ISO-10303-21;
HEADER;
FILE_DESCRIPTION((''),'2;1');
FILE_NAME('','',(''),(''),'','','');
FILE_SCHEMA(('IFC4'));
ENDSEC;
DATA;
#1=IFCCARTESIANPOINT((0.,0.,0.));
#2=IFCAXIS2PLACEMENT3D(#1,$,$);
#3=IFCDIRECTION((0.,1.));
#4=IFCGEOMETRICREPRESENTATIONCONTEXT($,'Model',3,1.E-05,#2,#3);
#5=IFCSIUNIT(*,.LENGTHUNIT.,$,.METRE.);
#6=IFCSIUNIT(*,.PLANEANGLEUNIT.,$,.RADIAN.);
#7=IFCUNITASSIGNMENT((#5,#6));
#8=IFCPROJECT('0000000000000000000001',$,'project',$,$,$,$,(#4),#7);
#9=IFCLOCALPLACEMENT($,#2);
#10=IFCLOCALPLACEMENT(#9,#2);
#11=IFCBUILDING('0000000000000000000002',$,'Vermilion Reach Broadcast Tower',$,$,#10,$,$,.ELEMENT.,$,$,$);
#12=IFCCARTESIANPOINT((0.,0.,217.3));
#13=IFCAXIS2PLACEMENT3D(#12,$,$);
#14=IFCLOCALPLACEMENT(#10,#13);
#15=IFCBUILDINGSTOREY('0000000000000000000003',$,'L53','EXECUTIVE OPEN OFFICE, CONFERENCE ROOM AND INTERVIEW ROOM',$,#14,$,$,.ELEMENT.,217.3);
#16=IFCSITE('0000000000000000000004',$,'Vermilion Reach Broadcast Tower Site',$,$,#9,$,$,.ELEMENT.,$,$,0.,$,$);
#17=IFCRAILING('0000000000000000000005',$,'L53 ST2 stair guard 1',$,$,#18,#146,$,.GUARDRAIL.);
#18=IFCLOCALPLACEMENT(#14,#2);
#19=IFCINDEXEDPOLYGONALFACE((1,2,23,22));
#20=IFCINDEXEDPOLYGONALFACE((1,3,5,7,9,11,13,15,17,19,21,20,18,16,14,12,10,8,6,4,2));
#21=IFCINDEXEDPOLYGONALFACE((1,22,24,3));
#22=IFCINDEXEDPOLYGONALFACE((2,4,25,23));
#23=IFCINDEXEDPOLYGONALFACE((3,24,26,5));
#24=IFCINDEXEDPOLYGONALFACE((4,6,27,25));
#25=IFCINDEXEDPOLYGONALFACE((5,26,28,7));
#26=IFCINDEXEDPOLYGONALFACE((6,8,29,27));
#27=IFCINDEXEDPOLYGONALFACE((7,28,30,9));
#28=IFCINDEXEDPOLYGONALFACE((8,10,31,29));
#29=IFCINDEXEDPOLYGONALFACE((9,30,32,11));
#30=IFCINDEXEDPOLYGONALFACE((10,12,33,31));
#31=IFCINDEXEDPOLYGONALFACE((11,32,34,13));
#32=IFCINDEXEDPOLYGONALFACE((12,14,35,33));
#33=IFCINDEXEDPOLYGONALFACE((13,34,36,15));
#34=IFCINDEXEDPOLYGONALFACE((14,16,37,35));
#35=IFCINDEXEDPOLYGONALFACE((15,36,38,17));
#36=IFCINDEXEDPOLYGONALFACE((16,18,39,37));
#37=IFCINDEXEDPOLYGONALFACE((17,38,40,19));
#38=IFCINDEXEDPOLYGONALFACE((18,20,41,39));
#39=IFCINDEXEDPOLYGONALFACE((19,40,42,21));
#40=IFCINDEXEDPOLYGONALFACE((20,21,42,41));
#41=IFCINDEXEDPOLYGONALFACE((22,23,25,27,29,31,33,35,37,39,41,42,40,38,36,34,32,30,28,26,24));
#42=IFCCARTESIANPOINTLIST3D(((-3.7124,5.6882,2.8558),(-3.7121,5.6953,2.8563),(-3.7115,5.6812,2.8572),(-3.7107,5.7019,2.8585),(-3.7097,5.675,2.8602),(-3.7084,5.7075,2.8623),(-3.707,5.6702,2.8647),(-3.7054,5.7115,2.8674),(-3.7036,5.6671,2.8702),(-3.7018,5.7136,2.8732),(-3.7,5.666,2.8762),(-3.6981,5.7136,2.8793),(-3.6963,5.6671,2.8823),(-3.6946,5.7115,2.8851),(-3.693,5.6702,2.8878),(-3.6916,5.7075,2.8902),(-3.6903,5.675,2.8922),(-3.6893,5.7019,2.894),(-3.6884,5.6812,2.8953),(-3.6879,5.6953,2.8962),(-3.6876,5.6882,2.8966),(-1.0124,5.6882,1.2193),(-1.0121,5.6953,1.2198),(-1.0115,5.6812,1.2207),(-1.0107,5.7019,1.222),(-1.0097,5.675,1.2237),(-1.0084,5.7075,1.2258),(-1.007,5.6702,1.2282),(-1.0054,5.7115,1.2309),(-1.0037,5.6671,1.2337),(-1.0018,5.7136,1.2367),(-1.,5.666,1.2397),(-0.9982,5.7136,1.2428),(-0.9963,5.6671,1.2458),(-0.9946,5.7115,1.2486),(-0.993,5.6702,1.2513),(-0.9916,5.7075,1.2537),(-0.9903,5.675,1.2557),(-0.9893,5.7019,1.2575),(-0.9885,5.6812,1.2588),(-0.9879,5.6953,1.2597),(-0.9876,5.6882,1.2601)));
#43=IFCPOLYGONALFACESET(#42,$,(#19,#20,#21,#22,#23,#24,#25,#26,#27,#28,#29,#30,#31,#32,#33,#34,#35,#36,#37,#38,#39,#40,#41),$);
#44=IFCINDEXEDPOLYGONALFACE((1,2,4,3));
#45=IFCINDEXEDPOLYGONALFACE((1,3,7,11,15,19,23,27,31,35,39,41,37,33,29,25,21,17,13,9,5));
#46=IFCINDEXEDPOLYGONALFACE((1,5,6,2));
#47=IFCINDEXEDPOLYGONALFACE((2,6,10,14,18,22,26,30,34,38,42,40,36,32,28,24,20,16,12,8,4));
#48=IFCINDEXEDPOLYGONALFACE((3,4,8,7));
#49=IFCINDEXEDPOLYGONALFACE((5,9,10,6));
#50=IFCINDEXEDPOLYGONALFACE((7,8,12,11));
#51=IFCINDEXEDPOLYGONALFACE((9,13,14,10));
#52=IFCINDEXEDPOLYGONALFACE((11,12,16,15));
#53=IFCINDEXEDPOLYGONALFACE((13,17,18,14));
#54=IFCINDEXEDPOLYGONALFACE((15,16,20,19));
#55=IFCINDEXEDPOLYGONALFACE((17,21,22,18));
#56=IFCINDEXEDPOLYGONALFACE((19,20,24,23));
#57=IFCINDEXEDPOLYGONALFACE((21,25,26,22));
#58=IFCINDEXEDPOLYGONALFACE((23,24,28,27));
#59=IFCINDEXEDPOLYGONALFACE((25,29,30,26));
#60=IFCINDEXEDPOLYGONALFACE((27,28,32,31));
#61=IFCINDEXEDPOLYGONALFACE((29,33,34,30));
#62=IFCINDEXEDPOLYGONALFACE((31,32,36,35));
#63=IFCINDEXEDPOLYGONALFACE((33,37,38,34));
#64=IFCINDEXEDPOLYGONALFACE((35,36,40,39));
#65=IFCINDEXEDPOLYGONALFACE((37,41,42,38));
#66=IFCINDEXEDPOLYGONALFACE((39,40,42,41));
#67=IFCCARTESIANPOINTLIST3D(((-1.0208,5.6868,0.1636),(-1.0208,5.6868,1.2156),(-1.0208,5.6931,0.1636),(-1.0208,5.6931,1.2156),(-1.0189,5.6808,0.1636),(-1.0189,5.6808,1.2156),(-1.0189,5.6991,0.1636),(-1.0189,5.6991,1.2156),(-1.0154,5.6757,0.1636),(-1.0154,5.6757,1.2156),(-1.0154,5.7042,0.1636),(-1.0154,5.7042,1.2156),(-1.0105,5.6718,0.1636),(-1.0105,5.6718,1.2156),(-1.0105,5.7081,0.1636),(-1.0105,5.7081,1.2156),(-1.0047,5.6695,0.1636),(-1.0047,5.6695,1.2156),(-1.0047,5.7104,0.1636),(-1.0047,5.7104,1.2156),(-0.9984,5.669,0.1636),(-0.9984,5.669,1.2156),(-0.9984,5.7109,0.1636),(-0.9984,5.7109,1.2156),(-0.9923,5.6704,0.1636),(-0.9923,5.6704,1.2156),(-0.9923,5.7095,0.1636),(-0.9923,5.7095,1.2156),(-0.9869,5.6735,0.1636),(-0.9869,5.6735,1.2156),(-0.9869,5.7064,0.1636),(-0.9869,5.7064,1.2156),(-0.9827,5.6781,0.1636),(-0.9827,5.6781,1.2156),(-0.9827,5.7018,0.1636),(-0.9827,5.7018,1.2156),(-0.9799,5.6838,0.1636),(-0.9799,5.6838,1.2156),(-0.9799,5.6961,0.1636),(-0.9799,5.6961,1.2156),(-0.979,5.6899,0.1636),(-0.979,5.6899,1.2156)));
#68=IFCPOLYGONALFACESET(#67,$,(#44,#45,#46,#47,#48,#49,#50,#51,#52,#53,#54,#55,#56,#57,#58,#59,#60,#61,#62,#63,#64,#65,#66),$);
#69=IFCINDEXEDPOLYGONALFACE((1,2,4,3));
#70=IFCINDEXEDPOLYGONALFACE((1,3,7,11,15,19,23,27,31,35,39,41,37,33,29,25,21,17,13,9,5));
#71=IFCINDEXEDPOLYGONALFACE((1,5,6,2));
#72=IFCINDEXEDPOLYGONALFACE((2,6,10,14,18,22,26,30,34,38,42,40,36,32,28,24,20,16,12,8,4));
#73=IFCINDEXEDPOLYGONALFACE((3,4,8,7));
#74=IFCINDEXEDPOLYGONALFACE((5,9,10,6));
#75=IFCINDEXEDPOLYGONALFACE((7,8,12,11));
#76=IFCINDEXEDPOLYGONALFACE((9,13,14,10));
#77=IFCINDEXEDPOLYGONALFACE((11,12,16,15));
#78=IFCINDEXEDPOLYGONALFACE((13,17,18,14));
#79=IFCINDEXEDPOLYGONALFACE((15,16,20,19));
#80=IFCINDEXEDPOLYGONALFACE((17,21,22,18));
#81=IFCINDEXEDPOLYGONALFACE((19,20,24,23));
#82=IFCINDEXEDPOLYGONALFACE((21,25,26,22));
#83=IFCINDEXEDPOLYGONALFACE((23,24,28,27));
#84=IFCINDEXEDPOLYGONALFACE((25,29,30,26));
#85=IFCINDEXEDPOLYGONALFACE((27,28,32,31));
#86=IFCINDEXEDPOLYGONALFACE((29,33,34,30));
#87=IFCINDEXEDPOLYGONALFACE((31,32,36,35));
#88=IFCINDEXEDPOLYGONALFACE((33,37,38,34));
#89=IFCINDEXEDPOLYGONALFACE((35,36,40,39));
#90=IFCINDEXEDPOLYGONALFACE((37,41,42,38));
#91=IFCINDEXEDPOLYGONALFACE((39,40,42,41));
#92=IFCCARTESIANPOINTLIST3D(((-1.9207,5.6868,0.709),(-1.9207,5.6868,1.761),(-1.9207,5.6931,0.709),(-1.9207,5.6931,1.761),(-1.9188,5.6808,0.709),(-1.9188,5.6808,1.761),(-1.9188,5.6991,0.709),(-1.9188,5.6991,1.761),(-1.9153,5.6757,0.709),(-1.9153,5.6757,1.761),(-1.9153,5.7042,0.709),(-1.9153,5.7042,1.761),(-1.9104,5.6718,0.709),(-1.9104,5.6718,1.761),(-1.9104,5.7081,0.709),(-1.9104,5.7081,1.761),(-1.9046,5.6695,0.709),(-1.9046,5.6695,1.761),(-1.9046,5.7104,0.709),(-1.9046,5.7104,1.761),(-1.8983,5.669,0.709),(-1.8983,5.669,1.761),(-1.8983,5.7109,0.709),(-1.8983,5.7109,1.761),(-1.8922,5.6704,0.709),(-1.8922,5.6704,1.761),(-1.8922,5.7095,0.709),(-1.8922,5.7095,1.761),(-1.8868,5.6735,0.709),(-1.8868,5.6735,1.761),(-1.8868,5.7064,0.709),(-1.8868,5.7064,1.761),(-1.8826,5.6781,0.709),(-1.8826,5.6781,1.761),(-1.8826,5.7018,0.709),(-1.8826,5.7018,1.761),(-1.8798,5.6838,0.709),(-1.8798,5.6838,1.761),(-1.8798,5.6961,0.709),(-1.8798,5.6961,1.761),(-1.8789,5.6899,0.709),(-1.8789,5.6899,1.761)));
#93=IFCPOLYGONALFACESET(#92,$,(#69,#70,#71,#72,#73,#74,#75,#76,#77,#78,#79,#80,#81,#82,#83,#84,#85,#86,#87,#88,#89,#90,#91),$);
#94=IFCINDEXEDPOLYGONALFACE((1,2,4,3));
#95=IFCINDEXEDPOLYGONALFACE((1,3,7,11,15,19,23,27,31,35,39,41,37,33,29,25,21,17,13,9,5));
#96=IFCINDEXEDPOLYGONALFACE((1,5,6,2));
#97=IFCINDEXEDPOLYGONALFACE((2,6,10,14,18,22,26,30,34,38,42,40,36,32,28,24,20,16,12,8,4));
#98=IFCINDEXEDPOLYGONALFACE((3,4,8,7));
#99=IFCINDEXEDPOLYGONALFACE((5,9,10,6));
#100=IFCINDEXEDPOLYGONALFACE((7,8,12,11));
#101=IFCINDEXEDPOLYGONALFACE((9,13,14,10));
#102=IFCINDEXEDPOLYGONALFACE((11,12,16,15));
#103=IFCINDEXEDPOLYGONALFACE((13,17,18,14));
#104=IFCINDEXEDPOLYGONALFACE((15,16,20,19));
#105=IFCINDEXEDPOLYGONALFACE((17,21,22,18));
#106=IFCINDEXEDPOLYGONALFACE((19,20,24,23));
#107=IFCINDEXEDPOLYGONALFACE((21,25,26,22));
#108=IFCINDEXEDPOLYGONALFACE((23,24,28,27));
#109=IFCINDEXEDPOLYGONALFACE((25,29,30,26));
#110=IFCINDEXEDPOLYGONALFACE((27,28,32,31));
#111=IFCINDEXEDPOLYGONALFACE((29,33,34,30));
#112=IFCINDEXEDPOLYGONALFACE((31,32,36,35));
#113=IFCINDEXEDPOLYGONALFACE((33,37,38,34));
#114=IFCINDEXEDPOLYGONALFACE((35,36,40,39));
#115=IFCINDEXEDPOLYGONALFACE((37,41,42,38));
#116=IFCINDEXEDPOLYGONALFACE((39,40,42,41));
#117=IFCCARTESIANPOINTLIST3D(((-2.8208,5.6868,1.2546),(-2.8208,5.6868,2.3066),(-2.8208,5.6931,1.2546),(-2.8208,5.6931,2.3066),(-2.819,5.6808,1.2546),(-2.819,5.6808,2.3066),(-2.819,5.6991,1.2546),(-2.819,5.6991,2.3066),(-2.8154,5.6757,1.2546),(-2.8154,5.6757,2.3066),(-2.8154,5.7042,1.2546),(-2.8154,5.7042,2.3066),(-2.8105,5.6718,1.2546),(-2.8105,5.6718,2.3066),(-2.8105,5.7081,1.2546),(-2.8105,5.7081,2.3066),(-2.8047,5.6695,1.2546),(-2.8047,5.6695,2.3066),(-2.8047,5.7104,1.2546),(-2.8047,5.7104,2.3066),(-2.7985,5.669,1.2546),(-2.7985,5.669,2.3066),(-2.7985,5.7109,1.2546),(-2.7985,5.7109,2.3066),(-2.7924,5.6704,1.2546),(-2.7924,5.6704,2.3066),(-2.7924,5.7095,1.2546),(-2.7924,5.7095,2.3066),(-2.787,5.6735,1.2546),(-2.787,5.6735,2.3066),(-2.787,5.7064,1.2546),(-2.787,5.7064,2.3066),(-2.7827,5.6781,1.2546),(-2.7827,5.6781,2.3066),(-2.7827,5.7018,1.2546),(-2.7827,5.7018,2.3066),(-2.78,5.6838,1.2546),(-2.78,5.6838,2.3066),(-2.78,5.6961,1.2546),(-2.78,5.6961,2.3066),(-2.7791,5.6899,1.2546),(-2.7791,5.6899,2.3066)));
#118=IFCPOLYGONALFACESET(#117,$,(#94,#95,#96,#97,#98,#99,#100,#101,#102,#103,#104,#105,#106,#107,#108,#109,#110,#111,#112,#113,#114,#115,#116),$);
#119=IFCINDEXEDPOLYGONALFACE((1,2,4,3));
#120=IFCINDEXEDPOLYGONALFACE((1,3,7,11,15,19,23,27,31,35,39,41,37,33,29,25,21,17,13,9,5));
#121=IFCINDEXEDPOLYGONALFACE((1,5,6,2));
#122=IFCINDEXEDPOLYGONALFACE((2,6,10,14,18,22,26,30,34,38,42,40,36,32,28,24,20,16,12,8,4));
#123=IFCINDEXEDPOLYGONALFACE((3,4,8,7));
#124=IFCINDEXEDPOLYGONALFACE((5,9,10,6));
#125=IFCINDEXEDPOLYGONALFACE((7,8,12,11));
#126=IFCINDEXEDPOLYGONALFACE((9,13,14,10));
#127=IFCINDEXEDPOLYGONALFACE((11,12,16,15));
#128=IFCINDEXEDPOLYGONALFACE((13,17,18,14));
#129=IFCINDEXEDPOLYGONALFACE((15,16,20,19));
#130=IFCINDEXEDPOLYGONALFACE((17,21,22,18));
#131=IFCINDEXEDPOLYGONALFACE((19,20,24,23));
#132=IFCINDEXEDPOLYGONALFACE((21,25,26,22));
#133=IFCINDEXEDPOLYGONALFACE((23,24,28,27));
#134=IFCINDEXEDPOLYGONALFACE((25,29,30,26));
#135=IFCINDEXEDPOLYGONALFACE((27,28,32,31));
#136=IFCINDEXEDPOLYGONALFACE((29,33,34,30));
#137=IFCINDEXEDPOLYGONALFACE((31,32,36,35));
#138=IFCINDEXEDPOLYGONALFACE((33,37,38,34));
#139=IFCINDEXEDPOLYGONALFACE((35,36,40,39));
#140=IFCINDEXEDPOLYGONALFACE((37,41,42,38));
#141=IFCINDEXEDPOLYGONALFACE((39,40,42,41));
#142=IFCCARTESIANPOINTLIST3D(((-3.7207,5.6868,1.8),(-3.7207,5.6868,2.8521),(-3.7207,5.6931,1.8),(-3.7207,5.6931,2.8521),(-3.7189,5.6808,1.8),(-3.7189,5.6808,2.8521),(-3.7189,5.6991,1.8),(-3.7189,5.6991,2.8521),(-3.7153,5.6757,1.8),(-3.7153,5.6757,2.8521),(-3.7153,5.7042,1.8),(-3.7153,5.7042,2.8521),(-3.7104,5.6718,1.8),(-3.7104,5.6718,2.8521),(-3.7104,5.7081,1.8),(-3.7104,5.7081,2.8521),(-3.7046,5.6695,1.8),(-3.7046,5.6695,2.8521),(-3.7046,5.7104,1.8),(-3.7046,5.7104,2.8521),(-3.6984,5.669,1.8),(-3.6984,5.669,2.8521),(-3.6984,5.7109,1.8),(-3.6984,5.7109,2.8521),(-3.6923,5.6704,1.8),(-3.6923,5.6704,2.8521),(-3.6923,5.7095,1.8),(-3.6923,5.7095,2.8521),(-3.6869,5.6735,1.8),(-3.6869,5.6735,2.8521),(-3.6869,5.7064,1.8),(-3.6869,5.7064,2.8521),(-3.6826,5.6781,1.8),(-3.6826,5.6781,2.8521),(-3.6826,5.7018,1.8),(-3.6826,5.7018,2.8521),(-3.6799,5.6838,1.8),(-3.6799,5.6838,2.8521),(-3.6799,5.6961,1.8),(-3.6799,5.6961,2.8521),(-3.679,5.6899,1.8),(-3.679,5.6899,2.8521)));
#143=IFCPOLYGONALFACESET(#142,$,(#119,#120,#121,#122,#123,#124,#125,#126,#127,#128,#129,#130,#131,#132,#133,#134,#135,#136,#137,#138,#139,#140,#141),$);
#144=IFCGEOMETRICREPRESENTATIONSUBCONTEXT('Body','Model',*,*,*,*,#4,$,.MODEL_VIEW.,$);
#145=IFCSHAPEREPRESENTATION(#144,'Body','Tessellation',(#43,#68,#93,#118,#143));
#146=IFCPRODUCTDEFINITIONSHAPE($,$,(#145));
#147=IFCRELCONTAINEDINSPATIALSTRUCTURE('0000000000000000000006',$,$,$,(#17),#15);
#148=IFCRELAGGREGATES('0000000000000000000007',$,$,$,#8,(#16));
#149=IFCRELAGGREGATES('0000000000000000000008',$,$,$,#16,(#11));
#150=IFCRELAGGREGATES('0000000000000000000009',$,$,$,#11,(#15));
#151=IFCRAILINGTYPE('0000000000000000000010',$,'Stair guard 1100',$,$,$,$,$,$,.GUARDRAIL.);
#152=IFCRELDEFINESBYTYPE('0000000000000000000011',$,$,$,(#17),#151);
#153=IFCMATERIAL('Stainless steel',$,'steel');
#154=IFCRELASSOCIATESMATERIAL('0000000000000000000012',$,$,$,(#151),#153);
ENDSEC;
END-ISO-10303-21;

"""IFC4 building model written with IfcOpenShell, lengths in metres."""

from ifc_helpers import new_model, si_unit, direction, frame, origin, origin_2d, place, context, subcontext, project, spatial, circle, extrude, material, type_object, element, save


model = new_model("IFC4")

# Units and contexts
model_context = context("Model", 3, precision=1e-05, world=origin(), true_north=direction((0.0, 1.0)))
body_context = subcontext(model_context, "Body", "Model", "MODEL_VIEW")
ifc_project = project(units=[si_unit("LENGTHUNIT", "METRE"), si_unit("PLANEANGLEUNIT", "RADIAN")], contexts=[model_context])

# Site, building, storey
site_placement = place(None, origin())
site = spatial("IfcSite", under=ifc_project, at=site_placement, Name="Vermilion Reach Broadcast Tower Site", CompositionType="ELEMENT", RefElevation=0.0)
building_placement = place(site_placement, origin())
building = spatial("IfcBuilding", under=site, at=building_placement, Name="Vermilion Reach Broadcast Tower", CompositionType="ELEMENT")
storey_placement = place(building_placement, frame((0.0, 0.0, 217.3)))
storey = spatial("IfcBuildingStorey", under=building, at=storey_placement, Name="L53", Description="EXECUTIVE OPEN OFFICE, CONFERENCE ROOM AND INTERVIEW ROOM", CompositionType="ELEMENT", Elevation=217.3)

# Railing
ifc_material_1 = material(Name="Stainless steel", Category="steel")
railing_type_1 = type_object("IfcRailingType", Name="Stair guard 1100", PredefinedType="GUARDRAIL", material=ifc_material_1)
railing_1_placement = place(storey_placement, frame((-1.0, 5.6899, 0.1636)))
element("IfcRailing", 1, at=railing_1_placement, inside=storey, type_object=railing_type_1, Name="L53 ST2 stair guard 1", PredefinedType="GUARDRAIL", context=body_context, shape_type="SweptSolid", body=[
    extrude(circle(Radius=0.0239, at=origin_2d()), frame((0.0, 0.0, 1.0762), z_axis=(-0.855178, 0.0, 0.518334), x_axis=(0.0, -1.0, 0.0)), (0.0, 0.0, 1.0), 3.1572),
    extrude(circle(Radius=0.021, at=origin_2d()), origin(), (0.0, 0.0, 1.0), 1.052),
    extrude(circle(Radius=0.021, at=origin_2d()), frame((-0.8999, 0.0, 0.5454)), (0.0, 0.0, 1.0), 1.052),
    extrude(circle(Radius=0.021, at=origin_2d()), frame((-1.8, 0.0, 1.0911)), (0.0, 0.0, 1.0), 1.052),
    extrude(circle(Radius=0.021, at=origin_2d()), frame((-2.7, 0.0, 1.6365)), (0.0, 0.0, 1.0), 1.052),
])

save(model, "model.ifc")
